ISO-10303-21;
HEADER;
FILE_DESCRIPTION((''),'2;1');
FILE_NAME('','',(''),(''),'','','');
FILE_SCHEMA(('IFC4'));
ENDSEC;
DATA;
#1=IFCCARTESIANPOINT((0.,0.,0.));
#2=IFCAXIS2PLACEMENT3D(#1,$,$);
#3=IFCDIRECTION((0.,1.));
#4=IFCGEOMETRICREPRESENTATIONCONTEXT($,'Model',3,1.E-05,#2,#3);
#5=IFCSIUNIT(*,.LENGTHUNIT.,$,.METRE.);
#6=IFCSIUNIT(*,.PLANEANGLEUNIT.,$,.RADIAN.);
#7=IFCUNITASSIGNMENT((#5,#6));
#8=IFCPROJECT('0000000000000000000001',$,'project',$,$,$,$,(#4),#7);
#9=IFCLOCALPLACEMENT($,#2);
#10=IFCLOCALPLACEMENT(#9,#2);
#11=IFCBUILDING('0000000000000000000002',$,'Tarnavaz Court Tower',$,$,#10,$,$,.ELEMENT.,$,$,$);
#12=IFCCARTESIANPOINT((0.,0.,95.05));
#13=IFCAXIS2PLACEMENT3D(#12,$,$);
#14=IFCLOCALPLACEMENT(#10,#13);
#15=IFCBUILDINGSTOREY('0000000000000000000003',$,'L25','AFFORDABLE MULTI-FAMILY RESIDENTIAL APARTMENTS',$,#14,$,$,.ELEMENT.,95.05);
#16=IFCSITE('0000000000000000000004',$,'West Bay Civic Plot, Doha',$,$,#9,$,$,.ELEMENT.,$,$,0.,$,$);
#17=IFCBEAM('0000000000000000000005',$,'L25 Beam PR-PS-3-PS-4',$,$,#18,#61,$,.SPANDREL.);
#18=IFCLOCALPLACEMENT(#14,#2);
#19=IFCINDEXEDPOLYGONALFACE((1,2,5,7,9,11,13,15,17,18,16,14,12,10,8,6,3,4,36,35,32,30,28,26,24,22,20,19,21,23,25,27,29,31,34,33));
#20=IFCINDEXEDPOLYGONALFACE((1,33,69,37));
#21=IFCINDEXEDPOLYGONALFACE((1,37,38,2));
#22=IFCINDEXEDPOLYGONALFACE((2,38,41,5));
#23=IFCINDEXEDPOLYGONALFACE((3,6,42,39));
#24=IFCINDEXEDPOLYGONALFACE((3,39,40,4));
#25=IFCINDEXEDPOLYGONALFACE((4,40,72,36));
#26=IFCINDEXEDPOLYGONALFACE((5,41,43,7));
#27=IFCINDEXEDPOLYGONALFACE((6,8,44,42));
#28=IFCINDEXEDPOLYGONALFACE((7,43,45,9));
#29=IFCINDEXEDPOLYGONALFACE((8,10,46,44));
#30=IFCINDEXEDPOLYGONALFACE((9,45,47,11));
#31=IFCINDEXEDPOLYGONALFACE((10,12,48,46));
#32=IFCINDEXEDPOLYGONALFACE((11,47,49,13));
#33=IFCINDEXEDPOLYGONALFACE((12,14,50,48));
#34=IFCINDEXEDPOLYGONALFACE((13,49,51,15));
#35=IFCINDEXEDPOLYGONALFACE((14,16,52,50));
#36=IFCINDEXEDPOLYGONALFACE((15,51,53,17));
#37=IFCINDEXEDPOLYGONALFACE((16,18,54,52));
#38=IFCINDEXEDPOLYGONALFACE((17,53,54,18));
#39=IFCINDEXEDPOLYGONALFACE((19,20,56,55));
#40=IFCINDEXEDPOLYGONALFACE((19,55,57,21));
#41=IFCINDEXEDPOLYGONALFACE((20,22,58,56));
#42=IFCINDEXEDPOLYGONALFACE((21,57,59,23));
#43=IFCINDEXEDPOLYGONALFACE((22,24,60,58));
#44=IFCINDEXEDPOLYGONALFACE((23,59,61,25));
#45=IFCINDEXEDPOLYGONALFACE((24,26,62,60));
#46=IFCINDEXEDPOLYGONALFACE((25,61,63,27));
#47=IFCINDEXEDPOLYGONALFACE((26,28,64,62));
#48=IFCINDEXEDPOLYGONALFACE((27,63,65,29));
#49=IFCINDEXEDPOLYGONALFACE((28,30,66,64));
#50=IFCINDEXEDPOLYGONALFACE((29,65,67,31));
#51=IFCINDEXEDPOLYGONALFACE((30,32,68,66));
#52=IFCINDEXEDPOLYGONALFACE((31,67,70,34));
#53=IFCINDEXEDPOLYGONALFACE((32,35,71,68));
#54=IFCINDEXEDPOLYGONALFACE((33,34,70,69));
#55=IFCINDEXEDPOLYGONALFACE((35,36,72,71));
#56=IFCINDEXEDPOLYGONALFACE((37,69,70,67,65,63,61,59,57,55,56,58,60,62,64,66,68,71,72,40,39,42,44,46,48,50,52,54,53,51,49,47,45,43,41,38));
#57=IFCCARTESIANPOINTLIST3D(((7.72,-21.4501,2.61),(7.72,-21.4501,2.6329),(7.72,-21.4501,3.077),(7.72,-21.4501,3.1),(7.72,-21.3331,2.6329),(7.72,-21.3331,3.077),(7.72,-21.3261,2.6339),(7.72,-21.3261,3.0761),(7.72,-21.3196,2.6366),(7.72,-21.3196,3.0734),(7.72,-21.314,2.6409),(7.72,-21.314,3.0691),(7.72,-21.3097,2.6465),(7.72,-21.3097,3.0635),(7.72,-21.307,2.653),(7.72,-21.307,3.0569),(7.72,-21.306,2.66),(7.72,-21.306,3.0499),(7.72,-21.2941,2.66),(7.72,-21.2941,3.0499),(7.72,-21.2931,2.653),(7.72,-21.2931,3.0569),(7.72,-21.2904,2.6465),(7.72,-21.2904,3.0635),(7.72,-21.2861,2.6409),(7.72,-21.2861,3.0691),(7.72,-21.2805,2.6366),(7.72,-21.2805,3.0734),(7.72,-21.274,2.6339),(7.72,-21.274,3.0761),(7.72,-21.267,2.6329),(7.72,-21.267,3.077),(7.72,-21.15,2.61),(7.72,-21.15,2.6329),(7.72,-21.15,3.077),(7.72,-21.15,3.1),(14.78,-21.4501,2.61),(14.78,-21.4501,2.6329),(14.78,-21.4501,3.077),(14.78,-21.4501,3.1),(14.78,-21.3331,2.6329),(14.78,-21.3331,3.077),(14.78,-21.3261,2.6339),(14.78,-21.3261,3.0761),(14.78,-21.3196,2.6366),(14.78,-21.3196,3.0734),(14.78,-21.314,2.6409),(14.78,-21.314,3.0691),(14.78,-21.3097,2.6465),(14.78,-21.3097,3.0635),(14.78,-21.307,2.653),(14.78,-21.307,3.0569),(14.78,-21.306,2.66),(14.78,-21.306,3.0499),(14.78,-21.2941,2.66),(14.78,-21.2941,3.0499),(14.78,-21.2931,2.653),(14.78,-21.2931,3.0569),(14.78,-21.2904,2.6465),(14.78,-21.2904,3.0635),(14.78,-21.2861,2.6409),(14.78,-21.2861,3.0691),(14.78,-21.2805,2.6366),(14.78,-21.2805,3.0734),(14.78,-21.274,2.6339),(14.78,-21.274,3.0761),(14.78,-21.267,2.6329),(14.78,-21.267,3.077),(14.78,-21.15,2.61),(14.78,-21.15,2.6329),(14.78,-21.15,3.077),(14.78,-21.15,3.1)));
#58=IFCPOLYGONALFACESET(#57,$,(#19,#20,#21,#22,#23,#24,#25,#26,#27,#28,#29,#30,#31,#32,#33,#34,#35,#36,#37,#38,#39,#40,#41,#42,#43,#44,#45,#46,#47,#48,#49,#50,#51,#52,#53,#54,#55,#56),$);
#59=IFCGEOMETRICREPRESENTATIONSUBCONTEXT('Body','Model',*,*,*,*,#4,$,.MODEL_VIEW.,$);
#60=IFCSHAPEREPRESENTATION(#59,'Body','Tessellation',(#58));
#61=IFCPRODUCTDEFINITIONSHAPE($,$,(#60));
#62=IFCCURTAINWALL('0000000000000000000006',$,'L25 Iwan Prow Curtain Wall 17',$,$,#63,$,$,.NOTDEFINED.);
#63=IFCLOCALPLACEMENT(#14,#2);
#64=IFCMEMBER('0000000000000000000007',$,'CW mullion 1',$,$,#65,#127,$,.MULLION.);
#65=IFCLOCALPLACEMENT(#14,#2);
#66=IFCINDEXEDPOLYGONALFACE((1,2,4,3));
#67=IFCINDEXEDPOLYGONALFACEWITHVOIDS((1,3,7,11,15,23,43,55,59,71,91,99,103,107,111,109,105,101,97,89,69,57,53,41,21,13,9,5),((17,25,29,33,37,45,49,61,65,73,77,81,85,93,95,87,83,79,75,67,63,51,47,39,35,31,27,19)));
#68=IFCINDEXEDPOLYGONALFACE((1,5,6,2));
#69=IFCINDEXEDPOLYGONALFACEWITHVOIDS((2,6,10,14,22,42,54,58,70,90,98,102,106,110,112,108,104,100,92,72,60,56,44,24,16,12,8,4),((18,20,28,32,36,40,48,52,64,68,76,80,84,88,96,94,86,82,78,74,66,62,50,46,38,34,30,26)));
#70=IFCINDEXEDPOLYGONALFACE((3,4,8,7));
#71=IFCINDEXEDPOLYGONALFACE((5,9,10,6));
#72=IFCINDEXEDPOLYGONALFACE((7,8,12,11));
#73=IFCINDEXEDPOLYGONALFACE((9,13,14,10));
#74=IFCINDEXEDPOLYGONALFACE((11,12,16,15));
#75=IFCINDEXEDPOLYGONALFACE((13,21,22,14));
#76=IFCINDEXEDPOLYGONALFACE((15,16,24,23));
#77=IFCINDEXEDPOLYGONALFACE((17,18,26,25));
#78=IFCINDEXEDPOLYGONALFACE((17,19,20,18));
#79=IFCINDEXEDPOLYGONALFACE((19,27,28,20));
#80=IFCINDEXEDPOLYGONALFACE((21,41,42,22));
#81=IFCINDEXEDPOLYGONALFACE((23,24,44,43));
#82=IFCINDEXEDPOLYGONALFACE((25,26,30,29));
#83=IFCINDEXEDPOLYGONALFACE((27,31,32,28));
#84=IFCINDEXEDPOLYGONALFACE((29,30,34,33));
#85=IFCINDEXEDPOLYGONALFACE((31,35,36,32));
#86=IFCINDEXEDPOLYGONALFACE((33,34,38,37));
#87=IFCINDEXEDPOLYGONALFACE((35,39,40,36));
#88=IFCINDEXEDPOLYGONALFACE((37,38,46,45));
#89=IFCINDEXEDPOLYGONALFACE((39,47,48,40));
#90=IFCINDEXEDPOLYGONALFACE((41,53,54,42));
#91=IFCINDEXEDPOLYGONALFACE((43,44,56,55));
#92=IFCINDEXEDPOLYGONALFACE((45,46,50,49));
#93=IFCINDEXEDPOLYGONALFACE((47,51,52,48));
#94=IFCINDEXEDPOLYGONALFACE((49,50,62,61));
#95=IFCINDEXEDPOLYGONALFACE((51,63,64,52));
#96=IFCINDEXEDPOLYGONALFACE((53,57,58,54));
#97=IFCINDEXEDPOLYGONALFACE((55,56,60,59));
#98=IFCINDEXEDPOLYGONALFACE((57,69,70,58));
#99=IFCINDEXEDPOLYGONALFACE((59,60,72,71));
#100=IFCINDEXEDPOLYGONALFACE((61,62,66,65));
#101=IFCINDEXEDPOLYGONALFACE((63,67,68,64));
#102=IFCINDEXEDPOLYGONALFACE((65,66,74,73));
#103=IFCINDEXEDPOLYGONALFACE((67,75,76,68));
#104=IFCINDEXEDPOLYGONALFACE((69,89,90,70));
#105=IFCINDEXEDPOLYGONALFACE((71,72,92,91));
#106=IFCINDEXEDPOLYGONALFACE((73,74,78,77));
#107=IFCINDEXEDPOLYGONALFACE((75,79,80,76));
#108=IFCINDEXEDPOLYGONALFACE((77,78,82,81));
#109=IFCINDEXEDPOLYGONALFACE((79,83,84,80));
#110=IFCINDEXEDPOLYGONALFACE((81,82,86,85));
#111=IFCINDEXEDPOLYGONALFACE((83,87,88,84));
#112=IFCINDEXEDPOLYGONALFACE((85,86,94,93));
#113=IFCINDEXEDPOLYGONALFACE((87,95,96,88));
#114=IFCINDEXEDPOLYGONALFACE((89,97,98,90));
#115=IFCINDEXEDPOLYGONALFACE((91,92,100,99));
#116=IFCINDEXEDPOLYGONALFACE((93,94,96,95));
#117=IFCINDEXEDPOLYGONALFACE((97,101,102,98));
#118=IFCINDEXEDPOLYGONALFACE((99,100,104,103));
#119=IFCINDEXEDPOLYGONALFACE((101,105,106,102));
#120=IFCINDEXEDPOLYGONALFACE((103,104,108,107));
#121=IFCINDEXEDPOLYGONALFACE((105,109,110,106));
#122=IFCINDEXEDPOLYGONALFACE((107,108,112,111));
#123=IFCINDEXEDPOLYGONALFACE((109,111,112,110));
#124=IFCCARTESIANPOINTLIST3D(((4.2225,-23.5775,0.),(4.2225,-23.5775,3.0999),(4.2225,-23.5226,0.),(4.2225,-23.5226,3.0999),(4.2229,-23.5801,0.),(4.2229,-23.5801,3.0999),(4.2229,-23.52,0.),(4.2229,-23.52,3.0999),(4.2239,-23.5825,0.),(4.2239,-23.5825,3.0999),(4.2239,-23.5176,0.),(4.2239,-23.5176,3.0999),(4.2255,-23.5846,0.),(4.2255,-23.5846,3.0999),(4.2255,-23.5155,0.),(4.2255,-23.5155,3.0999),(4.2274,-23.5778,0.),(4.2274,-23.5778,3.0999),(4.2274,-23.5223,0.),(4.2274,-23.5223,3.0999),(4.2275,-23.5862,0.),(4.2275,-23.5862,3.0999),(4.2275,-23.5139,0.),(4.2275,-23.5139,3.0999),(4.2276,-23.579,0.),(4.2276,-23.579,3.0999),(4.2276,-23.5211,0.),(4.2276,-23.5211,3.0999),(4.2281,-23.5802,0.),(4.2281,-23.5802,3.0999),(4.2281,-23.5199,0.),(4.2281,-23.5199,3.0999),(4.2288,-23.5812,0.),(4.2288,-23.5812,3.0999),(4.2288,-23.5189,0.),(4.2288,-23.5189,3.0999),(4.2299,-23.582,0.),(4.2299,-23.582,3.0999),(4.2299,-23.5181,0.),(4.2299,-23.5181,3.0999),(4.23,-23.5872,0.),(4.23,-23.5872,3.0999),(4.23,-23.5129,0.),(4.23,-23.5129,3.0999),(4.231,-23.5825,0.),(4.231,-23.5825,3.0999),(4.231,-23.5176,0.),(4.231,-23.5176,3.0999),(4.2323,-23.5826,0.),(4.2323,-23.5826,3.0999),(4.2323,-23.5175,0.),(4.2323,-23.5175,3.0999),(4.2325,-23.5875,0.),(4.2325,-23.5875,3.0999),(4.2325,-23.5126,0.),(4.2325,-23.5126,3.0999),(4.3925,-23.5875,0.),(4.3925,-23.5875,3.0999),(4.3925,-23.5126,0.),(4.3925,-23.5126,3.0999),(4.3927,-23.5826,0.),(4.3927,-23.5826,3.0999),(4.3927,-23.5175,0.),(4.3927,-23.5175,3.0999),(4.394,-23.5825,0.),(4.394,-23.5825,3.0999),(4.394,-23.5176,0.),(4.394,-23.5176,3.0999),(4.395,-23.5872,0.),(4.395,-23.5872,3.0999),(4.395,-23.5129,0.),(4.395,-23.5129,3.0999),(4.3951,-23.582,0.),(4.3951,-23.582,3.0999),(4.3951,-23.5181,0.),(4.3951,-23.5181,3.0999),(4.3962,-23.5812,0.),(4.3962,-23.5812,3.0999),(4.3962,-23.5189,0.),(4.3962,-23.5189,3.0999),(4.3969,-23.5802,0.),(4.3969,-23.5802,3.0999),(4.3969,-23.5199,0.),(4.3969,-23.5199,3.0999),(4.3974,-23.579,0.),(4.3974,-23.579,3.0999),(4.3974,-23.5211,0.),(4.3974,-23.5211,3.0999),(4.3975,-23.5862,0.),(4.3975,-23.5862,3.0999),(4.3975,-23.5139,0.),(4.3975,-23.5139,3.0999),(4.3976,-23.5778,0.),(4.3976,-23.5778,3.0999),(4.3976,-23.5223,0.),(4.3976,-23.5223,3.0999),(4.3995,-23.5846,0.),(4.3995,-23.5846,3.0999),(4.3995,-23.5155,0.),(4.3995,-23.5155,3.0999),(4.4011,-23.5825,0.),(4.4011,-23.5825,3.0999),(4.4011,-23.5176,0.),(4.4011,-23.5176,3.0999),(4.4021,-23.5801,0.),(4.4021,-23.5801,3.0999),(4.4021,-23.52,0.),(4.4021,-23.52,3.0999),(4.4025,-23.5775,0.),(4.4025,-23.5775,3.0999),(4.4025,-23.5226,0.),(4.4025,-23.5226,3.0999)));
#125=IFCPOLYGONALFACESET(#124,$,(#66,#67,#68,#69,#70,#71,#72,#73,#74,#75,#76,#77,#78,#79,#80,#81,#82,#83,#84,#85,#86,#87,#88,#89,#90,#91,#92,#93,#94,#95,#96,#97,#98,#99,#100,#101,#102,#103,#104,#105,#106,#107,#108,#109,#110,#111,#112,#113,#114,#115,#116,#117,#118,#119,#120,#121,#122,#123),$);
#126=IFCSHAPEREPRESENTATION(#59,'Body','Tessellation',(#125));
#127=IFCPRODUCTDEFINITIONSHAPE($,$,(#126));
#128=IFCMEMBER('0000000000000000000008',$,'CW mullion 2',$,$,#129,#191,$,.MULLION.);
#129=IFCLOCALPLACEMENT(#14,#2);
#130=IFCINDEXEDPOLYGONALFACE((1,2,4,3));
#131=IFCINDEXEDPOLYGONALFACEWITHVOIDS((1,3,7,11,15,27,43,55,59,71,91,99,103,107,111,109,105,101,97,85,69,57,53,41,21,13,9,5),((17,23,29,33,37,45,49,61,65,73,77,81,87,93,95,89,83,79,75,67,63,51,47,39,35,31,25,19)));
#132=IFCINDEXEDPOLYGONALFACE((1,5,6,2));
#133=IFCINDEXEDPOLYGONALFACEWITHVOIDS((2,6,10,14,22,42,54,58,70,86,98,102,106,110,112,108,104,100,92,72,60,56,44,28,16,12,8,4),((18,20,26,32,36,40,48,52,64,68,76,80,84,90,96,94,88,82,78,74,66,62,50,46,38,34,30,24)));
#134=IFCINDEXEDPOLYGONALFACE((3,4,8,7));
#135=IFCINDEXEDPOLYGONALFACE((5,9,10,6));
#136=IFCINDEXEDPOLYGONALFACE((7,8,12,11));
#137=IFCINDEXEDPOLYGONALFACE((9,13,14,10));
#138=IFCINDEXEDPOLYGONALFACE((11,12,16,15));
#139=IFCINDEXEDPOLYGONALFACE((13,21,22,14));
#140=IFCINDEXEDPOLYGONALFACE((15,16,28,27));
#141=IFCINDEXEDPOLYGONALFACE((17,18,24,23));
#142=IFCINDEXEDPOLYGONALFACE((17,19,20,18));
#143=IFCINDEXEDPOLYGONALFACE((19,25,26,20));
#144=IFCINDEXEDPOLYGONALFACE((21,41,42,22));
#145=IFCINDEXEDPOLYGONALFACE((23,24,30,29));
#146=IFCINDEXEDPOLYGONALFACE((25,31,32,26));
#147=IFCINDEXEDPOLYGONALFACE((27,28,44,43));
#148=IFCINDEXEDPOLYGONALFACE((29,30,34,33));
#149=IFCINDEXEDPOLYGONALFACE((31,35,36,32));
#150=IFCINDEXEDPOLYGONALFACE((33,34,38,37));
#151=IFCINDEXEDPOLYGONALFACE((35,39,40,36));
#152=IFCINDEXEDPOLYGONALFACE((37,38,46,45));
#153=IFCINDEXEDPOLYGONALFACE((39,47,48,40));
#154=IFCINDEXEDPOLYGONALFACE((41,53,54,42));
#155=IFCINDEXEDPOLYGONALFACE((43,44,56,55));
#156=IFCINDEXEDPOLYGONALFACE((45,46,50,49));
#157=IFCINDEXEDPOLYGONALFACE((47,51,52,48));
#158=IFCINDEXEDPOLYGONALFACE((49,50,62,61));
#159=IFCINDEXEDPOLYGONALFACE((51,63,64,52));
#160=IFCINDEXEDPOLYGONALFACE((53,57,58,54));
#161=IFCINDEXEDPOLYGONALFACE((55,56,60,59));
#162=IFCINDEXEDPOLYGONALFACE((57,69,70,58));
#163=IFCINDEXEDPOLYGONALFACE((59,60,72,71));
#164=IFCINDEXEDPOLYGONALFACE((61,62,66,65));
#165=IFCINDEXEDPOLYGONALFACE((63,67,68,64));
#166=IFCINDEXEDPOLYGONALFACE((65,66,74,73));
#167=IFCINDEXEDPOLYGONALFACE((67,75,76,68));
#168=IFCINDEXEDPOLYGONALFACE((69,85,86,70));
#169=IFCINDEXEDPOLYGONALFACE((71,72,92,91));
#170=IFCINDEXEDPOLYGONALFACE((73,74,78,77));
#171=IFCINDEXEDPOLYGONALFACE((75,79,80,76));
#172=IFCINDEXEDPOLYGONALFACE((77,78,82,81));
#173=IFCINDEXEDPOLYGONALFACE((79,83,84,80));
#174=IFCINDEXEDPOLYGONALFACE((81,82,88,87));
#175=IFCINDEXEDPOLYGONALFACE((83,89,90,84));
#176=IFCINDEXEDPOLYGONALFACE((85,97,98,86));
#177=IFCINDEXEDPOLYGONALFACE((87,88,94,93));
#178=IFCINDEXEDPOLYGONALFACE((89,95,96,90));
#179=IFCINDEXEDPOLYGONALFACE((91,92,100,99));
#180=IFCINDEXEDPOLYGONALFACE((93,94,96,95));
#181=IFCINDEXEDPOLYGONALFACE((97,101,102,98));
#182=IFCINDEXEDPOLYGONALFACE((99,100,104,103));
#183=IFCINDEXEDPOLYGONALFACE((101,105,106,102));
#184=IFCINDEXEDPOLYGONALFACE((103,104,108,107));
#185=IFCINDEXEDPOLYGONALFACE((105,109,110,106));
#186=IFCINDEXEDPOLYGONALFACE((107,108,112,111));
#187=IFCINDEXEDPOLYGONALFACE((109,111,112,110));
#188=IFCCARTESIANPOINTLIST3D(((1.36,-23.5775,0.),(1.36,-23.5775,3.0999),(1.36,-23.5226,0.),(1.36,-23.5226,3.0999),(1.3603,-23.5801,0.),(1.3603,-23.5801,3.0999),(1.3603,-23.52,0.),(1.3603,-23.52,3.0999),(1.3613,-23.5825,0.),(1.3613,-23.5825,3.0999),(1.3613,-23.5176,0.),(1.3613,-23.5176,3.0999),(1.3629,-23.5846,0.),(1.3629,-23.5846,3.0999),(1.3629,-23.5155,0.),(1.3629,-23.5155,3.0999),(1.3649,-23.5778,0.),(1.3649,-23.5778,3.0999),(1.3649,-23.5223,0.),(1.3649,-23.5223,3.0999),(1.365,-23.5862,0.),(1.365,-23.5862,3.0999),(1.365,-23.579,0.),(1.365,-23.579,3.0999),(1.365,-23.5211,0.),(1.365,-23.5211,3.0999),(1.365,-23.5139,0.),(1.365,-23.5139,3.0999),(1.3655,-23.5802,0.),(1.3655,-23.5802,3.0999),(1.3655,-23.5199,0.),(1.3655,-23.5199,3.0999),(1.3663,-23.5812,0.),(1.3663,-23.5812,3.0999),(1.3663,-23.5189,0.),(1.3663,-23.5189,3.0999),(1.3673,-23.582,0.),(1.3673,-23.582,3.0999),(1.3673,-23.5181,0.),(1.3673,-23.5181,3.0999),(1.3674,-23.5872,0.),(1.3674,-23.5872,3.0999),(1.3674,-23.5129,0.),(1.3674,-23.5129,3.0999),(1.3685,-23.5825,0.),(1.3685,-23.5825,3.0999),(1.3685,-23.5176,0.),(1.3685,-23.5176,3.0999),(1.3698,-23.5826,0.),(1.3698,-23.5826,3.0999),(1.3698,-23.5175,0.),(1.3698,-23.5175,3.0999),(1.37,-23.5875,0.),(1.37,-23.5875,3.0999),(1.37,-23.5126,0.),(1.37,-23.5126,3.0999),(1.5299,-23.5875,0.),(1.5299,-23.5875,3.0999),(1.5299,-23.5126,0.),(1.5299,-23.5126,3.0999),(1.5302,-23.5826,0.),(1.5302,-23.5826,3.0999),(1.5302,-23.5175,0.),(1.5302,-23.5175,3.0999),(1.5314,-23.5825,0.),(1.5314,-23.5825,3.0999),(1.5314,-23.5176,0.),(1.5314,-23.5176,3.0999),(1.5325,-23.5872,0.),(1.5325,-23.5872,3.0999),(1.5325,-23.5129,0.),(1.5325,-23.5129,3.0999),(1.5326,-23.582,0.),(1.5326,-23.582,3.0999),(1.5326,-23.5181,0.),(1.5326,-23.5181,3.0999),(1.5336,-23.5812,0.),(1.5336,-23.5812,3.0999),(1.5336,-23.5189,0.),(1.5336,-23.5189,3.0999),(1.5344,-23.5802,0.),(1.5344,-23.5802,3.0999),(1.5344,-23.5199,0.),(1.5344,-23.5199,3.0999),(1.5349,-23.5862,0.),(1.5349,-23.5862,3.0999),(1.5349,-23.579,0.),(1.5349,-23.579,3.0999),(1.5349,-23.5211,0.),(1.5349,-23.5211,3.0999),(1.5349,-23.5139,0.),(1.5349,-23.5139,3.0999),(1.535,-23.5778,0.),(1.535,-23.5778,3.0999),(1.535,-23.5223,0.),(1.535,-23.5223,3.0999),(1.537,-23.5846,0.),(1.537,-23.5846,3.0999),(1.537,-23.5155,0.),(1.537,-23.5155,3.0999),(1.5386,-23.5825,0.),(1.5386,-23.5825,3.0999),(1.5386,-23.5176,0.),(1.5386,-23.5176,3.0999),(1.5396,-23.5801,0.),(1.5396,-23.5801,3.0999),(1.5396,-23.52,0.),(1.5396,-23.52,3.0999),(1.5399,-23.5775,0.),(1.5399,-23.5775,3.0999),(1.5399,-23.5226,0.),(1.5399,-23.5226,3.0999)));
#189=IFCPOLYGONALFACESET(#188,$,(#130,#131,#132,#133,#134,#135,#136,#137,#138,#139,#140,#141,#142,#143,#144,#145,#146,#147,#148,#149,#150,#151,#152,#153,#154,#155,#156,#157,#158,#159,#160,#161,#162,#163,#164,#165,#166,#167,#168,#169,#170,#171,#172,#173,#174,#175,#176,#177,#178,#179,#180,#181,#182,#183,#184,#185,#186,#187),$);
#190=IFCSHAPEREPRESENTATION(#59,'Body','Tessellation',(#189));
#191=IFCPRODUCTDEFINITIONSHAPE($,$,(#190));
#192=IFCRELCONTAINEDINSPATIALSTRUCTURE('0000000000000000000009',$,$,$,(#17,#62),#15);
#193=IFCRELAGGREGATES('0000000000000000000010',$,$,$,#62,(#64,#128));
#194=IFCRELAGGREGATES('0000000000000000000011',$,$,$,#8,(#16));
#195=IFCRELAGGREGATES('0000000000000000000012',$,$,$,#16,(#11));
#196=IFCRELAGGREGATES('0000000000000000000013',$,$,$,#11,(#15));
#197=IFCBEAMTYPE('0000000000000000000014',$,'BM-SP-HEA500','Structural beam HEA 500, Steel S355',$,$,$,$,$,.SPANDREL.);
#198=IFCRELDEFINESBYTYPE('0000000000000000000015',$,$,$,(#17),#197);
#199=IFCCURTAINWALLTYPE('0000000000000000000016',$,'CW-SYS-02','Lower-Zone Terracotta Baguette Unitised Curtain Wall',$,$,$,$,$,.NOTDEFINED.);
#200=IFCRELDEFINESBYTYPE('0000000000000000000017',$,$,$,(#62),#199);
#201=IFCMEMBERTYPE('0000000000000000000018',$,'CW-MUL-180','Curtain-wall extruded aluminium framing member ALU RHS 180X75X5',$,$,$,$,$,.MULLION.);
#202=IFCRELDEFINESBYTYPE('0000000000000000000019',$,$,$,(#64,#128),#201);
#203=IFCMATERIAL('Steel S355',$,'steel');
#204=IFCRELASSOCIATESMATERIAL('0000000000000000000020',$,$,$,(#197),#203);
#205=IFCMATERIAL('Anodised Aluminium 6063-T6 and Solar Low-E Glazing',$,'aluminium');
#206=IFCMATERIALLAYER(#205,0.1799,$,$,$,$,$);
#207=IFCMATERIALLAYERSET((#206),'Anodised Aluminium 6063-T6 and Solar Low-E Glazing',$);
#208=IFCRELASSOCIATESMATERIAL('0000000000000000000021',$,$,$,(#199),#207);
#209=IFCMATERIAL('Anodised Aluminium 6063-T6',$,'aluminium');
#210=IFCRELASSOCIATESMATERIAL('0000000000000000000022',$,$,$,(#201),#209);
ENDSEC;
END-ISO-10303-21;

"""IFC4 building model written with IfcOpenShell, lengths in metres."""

from ifc_helpers import new_model, si_unit, direction, frame, origin, origin_2d, place, context, subcontext, project, spatial, hollow_rectangle, i_section, extrude, material, layer, layer_set, material_profile, profile_set, type_object, element, aggregate, save


model = new_model("IFC4")

# Units and contexts
model_context = context("Model", 3, precision=1e-05, world=origin(), true_north=direction((0.0, 1.0)))
body_context = subcontext(model_context, "Body", "Model", "MODEL_VIEW")
ifc_project = project(units=[si_unit("LENGTHUNIT", "METRE"), si_unit("PLANEANGLEUNIT", "RADIAN")], contexts=[model_context])

# Site, building, storey
site_placement = place(None, origin())
site = spatial("IfcSite", under=ifc_project, at=site_placement, Name="West Bay Civic Plot, Doha", CompositionType="ELEMENT", RefElevation=0.0)
building_placement = place(site_placement, origin())
building = spatial("IfcBuilding", under=site, at=building_placement, Name="Tarnavaz Court Tower", CompositionType="ELEMENT")
storey_placement = place(building_placement, frame((0.0, 0.0, 95.05)))
storey = spatial("IfcBuildingStorey", under=building, at=storey_placement, Name="L25", Description="AFFORDABLE MULTI-FAMILY RESIDENTIAL APARTMENTS", CompositionType="ELEMENT", Elevation=95.05)

# Beam
ifc_material_1 = material(Name="Steel S355", Category="steel")
ifc_material_profile_1 = material_profile(ifc_material_1, i_section(OverallWidth=0.3, OverallDepth=0.49, WebThickness=0.012, FlangeThickness=0.0229, FilletRadius=0.0271, at=origin_2d()), Name="HEA 500")
ifc_profile_set_1 = profile_set([ifc_material_profile_1], Name="Steel S355")
beam_type_1 = type_object("IfcBeamType", Name="BM-SP-HEA500", Description="Structural beam HEA 500, Steel S355", PredefinedType="SPANDREL", material=ifc_profile_set_1)
beam_placement = place(storey_placement, frame((7.72, -21.3, 2.855), z_axis=(1.0, 0.0, 0.0), x_axis=(0.0, 1.0, 0.0)))
element("IfcBeam", 1, at=beam_placement, inside=storey, type_object=beam_type_1, Name="L25 Beam PR-PS-3-PS-4", PredefinedType="SPANDREL", context=body_context, shape_type="SweptSolid", body=[
    extrude(i_section(OverallWidth=0.3, OverallDepth=0.49, WebThickness=0.012, FlangeThickness=0.0229, FilletRadius=0.0271, at=origin_2d()), origin(), (0.0, 0.0, 1.0), 7.0601),
])

# Curtain wall, members
ifc_material_2 = material(Name="Anodised Aluminium 6063-T6 and Solar Low-E Glazing", Category="aluminium")
ifc_layer_1 = layer(ifc_material_2, 0.1799)
ifc_layer_set_1 = layer_set([ifc_layer_1], Name="Anodised Aluminium 6063-T6 and Solar Low-E Glazing")
curtain_wall_type = type_object("IfcCurtainWallType", Name="CW-SYS-02", Description="Lower-Zone Terracotta Baguette Unitised Curtain Wall", PredefinedType="NOTDEFINED", material=ifc_layer_set_1)
curtain_wall_placement = place(storey_placement, origin())
curtain_wall = element("IfcCurtainWall", 2, at=curtain_wall_placement, inside=storey, type_object=curtain_wall_type, Name="L25 Iwan Prow Curtain Wall 17", PredefinedType="NOTDEFINED")
ifc_material_3 = material(Name="Anodised Aluminium 6063-T6", Category="aluminium")
ifc_material_profile_2 = material_profile(ifc_material_3, hollow_rectangle(XDim=0.075, YDim=0.1799, WallThickness=0.0049, InnerFilletRadius=0.0049, OuterFilletRadius=0.01, at=origin_2d()), Name="ALU RHS 180X75X5")
ifc_profile_set_2 = profile_set([ifc_material_profile_2], Name="Anodised Aluminium 6063-T6")
member_type_1 = type_object("IfcMemberType", Name="CW-MUL-180", Description="Curtain-wall extruded aluminium framing member ALU RHS 180X75X5", PredefinedType="MULLION", material=ifc_profile_set_2)
member_1_placement = place(storey_placement, frame((4.3125, -23.55, 0.0), z_axis=(0.0, 0.0, 1.0), x_axis=(0.0, -1.0, 0.0)))
member_1 = element("IfcMember", 3, at=member_1_placement, type_object=member_type_1, Name="CW mullion 1", PredefinedType="MULLION", context=body_context, shape_type="SweptSolid", body=[
    extrude(hollow_rectangle(XDim=0.075, YDim=0.1799, WallThickness=0.0049, InnerFilletRadius=0.0049, OuterFilletRadius=0.01, at=origin_2d()), origin(), (0.0, 0.0, 1.0), 3.0999),
])
member_2_placement = place(storey_placement, frame((1.45, -23.55, 0.0), z_axis=(0.0, 0.0, 1.0), x_axis=(0.0, -1.0, 0.0)))
member_2 = element("IfcMember", 4, at=member_2_placement, type_object=member_type_1, Name="CW mullion 2", PredefinedType="MULLION", context=body_context, shape_type="SweptSolid", body=[
    extrude(hollow_rectangle(XDim=0.075, YDim=0.1799, WallThickness=0.0049, InnerFilletRadius=0.0049, OuterFilletRadius=0.01, at=origin_2d()), origin(), (0.0, 0.0, 1.0), 3.0999),
])
aggregate(curtain_wall, [member_1, member_2])

save(model, "model.ifc")
